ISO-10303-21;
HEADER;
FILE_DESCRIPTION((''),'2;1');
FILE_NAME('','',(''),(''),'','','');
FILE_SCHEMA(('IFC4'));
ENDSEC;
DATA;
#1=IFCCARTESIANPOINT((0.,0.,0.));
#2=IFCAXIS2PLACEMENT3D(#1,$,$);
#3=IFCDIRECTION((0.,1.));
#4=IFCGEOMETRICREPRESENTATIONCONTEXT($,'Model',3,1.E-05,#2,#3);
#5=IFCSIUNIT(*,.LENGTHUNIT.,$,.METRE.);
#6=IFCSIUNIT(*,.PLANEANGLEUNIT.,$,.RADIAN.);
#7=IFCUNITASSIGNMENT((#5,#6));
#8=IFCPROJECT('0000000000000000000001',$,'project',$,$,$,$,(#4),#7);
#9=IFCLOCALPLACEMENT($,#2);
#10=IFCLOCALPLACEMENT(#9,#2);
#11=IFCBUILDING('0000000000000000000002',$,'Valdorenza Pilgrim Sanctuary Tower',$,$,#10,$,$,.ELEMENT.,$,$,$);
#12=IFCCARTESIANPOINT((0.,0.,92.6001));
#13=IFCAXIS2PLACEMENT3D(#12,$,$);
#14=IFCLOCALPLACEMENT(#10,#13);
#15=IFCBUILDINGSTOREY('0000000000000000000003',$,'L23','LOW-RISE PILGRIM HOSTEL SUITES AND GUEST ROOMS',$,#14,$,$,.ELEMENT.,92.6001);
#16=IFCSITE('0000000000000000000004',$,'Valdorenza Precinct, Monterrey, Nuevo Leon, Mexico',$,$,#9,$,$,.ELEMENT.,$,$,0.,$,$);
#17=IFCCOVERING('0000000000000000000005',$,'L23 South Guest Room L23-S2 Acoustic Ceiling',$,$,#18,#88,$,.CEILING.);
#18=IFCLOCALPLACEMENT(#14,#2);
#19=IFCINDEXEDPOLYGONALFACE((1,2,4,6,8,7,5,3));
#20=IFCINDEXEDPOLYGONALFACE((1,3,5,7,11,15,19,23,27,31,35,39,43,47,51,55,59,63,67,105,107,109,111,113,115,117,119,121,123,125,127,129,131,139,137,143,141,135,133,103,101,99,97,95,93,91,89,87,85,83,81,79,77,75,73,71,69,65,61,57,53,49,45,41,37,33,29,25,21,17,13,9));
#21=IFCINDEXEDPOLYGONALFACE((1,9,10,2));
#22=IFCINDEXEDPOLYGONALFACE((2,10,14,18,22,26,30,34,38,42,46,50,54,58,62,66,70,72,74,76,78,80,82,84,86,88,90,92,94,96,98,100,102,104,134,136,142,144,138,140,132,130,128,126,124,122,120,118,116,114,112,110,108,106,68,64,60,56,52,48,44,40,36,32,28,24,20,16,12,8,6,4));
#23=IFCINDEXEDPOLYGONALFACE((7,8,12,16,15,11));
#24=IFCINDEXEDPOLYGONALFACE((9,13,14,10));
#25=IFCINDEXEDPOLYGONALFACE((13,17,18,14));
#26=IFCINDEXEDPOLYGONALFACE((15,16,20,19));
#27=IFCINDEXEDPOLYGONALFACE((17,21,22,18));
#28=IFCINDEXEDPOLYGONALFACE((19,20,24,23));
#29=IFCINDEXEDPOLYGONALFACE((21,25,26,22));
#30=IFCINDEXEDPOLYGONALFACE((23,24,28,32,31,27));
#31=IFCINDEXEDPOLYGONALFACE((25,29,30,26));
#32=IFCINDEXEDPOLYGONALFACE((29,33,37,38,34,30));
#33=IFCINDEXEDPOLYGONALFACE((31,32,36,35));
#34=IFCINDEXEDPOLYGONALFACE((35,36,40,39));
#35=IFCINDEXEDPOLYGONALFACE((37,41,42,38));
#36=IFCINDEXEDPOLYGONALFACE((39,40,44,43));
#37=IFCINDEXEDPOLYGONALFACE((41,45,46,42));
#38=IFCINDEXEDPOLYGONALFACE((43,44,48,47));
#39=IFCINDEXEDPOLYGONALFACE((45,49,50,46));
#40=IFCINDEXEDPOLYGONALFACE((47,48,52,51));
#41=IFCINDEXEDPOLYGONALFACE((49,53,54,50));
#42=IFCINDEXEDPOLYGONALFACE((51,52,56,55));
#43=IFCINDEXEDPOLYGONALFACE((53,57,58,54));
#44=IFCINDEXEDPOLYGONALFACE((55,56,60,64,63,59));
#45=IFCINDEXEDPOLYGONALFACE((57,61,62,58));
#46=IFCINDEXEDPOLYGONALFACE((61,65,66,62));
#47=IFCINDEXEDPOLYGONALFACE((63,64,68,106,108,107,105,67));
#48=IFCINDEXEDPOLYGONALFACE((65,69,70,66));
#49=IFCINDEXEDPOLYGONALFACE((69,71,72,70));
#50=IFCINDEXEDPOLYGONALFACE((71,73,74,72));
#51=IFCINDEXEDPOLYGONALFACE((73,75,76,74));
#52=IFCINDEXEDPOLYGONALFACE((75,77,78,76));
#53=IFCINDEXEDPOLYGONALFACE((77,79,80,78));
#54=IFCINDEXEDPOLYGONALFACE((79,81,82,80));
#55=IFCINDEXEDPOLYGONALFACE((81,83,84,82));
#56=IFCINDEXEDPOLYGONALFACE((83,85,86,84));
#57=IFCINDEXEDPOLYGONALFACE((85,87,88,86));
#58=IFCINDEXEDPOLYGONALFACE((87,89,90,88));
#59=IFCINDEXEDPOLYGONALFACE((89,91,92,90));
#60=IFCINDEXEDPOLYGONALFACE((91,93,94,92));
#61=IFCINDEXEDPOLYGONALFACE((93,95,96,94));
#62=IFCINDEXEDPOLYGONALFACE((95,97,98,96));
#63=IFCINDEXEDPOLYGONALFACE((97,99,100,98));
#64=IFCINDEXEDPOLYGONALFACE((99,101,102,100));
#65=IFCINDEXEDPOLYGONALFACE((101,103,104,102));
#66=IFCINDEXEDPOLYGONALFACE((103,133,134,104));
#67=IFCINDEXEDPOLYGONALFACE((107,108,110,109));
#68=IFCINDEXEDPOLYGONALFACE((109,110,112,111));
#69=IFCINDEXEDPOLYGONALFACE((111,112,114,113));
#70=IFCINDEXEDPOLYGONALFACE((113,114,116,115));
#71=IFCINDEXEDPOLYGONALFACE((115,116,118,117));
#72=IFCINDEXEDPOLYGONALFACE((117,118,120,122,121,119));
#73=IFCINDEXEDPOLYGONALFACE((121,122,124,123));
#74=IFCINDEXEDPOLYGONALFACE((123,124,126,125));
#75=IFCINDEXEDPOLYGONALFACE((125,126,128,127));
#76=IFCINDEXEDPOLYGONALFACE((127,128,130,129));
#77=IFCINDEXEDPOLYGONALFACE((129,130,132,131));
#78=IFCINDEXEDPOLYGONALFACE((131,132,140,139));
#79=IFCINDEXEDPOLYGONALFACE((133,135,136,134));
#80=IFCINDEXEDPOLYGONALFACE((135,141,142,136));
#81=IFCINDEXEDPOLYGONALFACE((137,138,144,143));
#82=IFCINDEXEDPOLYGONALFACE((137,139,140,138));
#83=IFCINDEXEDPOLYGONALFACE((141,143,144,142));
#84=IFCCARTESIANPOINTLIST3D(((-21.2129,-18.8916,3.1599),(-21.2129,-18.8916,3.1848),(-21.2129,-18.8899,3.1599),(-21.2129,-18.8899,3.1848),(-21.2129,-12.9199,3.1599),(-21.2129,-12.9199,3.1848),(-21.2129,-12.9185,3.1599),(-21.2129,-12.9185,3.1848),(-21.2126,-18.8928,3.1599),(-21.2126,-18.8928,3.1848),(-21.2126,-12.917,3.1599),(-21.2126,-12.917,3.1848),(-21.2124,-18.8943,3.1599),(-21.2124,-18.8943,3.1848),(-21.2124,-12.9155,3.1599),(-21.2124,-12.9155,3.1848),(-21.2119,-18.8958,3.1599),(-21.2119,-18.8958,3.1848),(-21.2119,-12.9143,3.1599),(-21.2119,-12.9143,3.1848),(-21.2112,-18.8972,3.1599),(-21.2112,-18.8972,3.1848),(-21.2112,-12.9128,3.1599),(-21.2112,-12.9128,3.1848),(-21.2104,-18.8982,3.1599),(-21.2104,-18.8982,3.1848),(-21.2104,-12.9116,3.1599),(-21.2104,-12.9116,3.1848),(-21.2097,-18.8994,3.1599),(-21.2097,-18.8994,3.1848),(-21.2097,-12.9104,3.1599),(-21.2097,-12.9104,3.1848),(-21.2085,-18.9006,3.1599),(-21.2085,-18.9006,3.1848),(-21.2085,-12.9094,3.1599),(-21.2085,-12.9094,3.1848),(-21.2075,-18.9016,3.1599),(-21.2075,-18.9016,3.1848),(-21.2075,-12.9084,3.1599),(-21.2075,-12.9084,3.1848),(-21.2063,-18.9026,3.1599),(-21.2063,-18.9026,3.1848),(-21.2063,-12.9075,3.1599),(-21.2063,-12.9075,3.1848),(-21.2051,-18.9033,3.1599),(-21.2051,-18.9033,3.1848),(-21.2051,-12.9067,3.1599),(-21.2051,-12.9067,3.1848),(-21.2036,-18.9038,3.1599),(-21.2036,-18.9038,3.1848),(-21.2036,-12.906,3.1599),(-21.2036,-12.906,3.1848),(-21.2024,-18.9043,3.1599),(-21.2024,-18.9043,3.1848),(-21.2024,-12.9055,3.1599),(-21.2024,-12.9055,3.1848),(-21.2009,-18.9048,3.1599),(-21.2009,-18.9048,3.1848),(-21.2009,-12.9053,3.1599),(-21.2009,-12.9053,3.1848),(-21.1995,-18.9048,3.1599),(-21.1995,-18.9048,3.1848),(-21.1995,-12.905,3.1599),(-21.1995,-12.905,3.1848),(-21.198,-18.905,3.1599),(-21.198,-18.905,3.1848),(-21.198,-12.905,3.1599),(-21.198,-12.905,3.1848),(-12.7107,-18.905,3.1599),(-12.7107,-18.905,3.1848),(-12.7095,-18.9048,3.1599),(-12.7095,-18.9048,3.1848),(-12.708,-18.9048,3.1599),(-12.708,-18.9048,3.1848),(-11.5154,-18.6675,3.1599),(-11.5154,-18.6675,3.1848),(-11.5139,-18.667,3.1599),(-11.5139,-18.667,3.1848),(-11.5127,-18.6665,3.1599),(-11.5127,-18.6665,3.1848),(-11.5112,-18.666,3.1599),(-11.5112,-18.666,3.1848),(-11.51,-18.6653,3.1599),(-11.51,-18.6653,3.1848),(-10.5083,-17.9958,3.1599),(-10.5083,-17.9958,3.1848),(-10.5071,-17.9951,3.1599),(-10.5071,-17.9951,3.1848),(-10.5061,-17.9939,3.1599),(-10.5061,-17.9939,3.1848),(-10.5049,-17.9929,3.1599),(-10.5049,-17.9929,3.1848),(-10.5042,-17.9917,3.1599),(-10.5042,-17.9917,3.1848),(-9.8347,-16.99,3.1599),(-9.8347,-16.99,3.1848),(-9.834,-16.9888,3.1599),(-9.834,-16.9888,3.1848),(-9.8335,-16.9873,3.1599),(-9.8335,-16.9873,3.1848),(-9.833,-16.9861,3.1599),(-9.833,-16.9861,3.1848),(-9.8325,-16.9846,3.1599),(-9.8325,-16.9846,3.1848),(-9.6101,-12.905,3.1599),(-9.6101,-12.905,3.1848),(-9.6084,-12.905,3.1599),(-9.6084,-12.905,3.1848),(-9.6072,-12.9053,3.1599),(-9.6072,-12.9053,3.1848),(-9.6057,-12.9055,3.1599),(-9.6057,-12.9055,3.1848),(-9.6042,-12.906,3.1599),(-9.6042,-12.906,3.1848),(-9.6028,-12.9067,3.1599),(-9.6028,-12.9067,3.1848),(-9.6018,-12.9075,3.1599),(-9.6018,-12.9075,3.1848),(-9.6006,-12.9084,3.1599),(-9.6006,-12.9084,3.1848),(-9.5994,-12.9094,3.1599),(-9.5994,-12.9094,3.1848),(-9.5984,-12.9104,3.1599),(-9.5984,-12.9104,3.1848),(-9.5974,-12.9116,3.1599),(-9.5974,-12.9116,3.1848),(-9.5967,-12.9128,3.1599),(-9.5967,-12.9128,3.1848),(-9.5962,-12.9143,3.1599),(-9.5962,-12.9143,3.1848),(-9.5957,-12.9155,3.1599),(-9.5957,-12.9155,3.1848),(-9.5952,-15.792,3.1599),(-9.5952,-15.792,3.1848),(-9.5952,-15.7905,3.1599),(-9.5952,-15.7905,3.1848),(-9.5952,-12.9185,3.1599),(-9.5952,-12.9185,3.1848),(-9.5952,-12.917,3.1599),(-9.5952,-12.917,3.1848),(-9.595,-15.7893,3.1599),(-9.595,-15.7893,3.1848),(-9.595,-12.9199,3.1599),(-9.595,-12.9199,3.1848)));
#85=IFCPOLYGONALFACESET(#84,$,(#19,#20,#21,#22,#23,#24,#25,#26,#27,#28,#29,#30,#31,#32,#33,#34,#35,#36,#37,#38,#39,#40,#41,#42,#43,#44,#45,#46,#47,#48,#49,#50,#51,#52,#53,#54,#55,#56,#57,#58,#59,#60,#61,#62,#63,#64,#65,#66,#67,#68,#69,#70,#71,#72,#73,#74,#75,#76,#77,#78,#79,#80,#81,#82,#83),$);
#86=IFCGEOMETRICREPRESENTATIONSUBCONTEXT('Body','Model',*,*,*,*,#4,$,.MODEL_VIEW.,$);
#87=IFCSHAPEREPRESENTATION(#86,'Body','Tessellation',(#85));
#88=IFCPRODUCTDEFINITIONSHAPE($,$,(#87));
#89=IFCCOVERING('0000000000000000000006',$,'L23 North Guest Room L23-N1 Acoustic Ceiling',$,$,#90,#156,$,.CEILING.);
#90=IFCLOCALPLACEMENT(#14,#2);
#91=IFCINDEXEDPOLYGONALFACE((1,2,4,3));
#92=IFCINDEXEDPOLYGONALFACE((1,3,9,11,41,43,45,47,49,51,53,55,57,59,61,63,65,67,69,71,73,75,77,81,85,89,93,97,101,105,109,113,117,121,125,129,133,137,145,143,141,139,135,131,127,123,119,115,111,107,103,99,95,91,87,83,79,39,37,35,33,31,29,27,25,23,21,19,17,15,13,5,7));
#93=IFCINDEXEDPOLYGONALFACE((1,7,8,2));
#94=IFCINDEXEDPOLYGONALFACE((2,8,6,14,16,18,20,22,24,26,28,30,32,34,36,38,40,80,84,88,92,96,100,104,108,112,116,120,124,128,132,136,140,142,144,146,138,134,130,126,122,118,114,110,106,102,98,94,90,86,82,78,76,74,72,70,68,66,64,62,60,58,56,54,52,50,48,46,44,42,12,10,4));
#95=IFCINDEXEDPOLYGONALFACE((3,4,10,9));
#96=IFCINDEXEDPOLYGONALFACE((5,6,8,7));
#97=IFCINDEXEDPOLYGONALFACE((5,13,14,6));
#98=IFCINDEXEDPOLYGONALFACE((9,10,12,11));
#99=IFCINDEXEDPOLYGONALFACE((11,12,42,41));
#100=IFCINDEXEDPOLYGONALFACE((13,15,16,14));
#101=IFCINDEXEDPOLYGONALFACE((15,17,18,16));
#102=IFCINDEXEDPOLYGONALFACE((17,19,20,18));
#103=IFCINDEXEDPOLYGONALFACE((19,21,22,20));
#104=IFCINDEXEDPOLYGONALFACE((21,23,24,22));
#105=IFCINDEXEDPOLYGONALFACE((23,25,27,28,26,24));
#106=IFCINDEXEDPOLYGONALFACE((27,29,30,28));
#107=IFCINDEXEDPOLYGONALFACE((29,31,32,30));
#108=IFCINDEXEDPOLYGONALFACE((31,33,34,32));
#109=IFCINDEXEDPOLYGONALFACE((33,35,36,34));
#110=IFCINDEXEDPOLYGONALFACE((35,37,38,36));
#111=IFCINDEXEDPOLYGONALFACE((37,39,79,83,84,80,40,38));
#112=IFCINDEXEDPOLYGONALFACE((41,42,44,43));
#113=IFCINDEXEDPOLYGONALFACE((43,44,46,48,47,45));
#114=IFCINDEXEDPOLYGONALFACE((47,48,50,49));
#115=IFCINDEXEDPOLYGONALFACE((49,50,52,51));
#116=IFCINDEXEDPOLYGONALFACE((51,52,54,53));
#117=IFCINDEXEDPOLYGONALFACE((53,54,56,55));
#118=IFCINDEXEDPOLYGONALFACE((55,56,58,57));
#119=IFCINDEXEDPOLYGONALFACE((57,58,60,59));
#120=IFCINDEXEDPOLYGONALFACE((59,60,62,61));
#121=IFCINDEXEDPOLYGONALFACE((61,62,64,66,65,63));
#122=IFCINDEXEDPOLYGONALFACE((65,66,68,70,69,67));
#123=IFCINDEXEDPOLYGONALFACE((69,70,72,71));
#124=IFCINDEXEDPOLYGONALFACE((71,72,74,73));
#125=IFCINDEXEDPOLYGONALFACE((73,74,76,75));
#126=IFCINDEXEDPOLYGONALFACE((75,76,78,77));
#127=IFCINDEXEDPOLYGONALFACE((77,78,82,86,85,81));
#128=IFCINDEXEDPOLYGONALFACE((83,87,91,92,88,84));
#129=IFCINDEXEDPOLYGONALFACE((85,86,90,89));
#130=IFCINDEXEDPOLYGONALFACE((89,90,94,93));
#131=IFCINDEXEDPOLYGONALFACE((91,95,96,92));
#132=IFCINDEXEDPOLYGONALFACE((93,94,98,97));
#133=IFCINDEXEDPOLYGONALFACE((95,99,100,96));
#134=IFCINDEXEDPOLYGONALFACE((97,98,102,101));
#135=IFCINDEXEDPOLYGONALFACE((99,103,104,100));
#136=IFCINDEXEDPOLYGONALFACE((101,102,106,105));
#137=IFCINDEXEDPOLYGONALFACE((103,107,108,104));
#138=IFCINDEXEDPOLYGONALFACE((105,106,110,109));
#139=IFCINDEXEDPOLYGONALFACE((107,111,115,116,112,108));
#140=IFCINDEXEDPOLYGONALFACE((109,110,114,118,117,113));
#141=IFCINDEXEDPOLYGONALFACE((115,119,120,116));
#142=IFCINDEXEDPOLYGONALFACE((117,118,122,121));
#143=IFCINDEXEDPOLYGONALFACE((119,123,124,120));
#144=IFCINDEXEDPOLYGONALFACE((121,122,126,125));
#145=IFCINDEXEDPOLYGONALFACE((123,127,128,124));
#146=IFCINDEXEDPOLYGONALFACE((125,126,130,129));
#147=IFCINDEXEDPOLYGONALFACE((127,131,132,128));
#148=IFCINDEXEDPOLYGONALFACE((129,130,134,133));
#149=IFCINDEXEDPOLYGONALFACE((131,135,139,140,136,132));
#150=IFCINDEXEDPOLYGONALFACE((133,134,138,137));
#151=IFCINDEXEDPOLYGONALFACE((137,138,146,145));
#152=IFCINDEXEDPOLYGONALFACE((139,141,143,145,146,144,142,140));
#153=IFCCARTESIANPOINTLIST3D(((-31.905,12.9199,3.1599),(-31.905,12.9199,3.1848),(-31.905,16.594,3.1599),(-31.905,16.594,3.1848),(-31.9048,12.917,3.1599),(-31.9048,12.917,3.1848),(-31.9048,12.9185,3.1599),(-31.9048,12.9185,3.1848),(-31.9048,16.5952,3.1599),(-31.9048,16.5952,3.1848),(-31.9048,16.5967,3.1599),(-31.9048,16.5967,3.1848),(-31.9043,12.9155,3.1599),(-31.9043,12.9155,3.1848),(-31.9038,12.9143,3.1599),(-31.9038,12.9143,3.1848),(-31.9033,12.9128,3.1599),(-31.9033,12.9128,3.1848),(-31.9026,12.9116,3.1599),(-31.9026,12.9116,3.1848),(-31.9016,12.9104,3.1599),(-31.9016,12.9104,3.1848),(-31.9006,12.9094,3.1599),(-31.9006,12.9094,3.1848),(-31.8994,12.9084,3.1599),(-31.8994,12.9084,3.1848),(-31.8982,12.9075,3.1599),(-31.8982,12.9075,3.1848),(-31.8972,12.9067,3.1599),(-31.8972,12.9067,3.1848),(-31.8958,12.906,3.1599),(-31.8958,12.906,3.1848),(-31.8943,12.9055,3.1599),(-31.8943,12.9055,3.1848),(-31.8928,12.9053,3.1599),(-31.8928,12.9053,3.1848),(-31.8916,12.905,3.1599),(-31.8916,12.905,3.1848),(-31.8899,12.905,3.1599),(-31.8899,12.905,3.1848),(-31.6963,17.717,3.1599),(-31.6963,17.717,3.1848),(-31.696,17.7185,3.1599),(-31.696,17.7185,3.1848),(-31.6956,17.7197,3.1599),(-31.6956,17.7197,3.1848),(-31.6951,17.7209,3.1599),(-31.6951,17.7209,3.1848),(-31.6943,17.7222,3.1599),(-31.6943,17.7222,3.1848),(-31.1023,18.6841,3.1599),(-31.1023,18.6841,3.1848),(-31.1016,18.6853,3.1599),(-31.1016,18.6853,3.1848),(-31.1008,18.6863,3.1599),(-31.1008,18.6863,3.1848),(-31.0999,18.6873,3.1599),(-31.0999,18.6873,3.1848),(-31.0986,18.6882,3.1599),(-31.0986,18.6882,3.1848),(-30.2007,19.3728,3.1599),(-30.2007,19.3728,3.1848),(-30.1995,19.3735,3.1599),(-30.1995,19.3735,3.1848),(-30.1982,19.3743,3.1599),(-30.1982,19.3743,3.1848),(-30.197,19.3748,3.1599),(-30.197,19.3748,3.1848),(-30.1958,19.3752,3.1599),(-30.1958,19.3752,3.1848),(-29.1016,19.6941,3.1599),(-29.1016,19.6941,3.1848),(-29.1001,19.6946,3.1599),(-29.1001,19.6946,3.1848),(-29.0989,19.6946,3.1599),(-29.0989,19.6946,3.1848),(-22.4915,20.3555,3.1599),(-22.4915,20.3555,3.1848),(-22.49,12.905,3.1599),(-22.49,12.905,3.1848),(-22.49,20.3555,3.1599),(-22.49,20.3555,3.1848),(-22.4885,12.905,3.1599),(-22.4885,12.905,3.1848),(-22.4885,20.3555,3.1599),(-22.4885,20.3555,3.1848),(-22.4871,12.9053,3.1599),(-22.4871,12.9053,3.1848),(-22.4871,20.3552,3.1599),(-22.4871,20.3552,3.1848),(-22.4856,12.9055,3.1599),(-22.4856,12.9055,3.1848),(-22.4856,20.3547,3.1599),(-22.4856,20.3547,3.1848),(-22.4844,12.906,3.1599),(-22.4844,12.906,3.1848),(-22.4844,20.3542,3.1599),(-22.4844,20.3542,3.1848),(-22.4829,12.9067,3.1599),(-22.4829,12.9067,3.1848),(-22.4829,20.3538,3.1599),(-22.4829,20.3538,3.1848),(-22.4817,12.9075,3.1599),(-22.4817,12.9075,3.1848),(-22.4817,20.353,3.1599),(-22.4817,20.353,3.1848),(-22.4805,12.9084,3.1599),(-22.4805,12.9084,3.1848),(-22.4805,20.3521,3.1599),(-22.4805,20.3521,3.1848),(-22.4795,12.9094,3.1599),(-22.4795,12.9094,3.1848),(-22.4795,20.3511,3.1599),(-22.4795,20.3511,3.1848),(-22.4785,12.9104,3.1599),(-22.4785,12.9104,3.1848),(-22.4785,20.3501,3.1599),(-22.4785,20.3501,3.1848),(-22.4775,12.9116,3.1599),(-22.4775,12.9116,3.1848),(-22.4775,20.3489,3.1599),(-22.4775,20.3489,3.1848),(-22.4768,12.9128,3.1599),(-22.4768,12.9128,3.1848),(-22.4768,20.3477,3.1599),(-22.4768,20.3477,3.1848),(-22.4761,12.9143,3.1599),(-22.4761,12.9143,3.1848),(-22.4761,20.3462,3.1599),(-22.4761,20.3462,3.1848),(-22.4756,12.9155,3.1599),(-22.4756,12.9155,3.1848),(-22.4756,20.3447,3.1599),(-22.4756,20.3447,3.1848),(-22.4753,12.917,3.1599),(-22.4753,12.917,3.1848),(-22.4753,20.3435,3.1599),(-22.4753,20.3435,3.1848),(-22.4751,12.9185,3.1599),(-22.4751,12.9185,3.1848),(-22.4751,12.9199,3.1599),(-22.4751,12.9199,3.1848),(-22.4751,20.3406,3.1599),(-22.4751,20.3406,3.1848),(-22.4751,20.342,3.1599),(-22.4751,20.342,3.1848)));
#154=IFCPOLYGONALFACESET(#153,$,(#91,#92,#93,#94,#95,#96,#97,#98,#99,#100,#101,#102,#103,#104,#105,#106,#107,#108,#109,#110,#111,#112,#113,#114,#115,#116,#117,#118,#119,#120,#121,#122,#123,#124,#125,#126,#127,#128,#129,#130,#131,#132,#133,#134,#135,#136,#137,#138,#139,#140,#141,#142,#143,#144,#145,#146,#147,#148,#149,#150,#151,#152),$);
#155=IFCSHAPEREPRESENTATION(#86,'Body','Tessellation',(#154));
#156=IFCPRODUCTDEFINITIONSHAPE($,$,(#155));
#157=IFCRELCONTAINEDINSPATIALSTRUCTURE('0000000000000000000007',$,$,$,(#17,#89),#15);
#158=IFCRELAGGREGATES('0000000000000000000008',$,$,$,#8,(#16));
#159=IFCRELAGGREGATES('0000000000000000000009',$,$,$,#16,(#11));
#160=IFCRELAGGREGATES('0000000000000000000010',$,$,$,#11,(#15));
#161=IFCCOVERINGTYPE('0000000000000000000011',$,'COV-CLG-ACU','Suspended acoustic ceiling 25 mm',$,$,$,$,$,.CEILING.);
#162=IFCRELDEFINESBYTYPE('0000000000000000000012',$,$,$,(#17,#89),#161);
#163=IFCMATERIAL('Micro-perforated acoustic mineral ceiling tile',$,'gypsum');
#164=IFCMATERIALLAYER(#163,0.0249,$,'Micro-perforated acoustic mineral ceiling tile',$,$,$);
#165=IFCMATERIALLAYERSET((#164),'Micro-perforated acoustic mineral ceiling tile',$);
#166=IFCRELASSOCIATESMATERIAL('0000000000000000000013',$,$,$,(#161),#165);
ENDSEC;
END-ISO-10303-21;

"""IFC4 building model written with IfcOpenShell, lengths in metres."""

from ifc_helpers import new_model, si_unit, direction, frame, origin, place, context, subcontext, project, spatial, polyline, outline, extrude, material, layer, layer_set, type_object, element, save


model = new_model("IFC4")

# Units and contexts
model_context = context("Model", 3, precision=1e-05, world=origin(), true_north=direction((0.0, 1.0)))
body_context = subcontext(model_context, "Body", "Model", "MODEL_VIEW")
ifc_project = project(units=[si_unit("LENGTHUNIT", "METRE"), si_unit("PLANEANGLEUNIT", "RADIAN")], contexts=[model_context])

# Site, building, storey
site_placement = place(None, origin())
site = spatial("IfcSite", under=ifc_project, at=site_placement, Name="Valdorenza Precinct, Monterrey, Nuevo Leon, Mexico", CompositionType="ELEMENT", RefElevation=0.0)
building_placement = place(site_placement, origin())
building = spatial("IfcBuilding", under=site, at=building_placement, Name="Valdorenza Pilgrim Sanctuary Tower", CompositionType="ELEMENT")
storey_placement = place(building_placement, frame((0.0, 0.0, 92.6001)))
storey = spatial("IfcBuildingStorey", under=building, at=storey_placement, Name="L23", Description="LOW-RISE PILGRIM HOSTEL SUITES AND GUEST ROOMS", CompositionType="ELEMENT", Elevation=92.6001)

# Coverings
ifc_material_1 = material(Name="Micro-perforated acoustic mineral ceiling tile", Category="gypsum")
ifc_layer_1 = layer(ifc_material_1, 0.0249, Name="Micro-perforated acoustic mineral ceiling tile")
ifc_layer_set_1 = layer_set([ifc_layer_1], Name="Micro-perforated acoustic mineral ceiling tile")
covering_type_1 = type_object("IfcCoveringType", Name="COV-CLG-ACU", Description="Suspended acoustic ceiling 25 mm", PredefinedType="CEILING", material=ifc_layer_set_1)
covering_1_placement = place(storey_placement, frame((0.0, 0.0, 3.1599)))
element("IfcCovering", 1, at=covering_1_placement, inside=storey, type_object=covering_type_1, Name="L23 South Guest Room L23-S2 Acoustic Ceiling", PredefinedType="CEILING", context=body_context, shape_type="SweptSolid", body=[
    extrude(outline(polyline([(-9.6101, -12.905), (-9.6084, -12.905), (-9.6072, -12.9053), (-9.6057, -12.9055), (-9.6042, -12.906), (-9.6028, -12.9067), (-9.6018, -12.9075), (-9.6006, -12.9084), (-9.5994, -12.9094), (-9.5984, -12.9104), (-9.5974, -12.9116), (-9.5967, -12.9128), (-9.5962, -12.9143), (-9.5957, -12.9155), (-9.5952, -12.917), (-9.5952, -12.9185), (-9.595, -12.9199), (-9.595, -15.7893), (-9.5952, -15.7905), (-9.5952, -15.792), (-9.8325, -16.9846), (-9.833, -16.9861), (-9.8335, -16.9873), (-9.834, -16.9888), (-9.8347, -16.99), (-10.5042, -17.9917), (-10.5049, -17.9929), (-10.5061, -17.9939), (-10.5071, -17.9951), (-10.5083, -17.9958), (-11.51, -18.6653), (-11.5112, -18.666), (-11.5127, -18.6665), (-11.5139, -18.667), (-11.5154, -18.6675), (-12.708, -18.9048), (-12.7095, -18.9048), (-12.7107, -18.905), (-21.198, -18.905), (-21.1995, -18.9048), (-21.2009, -18.9048), (-21.2024, -18.9043), (-21.2036, -18.9038), (-21.2051, -18.9033), (-21.2063, -18.9026), (-21.2075, -18.9016), (-21.2085, -18.9006), (-21.2097, -18.8994), (-21.2104, -18.8982), (-21.2112, -18.8972), (-21.2119, -18.8958), (-21.2124, -18.8943), (-21.2126, -18.8928), (-21.2129, -18.8916), (-21.2129, -18.8899), (-21.2129, -12.9199), (-21.2129, -12.9185), (-21.2126, -12.917), (-21.2124, -12.9155), (-21.2119, -12.9143), (-21.2112, -12.9128), (-21.2104, -12.9116), (-21.2097, -12.9104), (-21.2085, -12.9094), (-21.2075, -12.9084), (-21.2063, -12.9075), (-21.2051, -12.9067), (-21.2036, -12.906), (-21.2024, -12.9055), (-21.2009, -12.9053), (-21.1995, -12.905), (-21.198, -12.905), (-9.6101, -12.905)])), origin(), (0.0, 0.0, 1.0), 0.0249),
])
covering_2_placement = place(storey_placement, frame((0.0, 0.0, 3.1599)))
element("IfcCovering", 2, at=covering_2_placement, inside=storey, type_object=covering_type_1, Name="L23 North Guest Room L23-N1 Acoustic Ceiling", PredefinedType="CEILING", context=body_context, shape_type="SweptSolid", body=[
    extrude(outline(polyline([(-31.6963, 17.717), (-31.696, 17.7185), (-31.6956, 17.7197), (-31.6951, 17.7209), (-31.6943, 17.7222), (-31.1023, 18.6841), (-31.1016, 18.6853), (-31.1008, 18.6863), (-31.0999, 18.6873), (-31.0986, 18.6882), (-30.2007, 19.3728), (-30.1995, 19.3735), (-30.1982, 19.3743), (-30.197, 19.3748), (-30.1958, 19.3752), (-29.1016, 19.6941), (-29.1001, 19.6946), (-29.0989, 19.6946), (-22.4915, 20.3555), (-22.49, 20.3555), (-22.4885, 20.3555), (-22.4871, 20.3552), (-22.4856, 20.3547), (-22.4844, 20.3542), (-22.4829, 20.3538), (-22.4817, 20.353), (-22.4805, 20.3521), (-22.4795, 20.3511), (-22.4785, 20.3501), (-22.4775, 20.3489), (-22.4768, 20.3477), (-22.4761, 20.3462), (-22.4756, 20.3447), (-22.4753, 20.3435), (-22.4751, 20.342), (-22.4751, 20.3406), (-22.4751, 12.9199), (-22.4751, 12.9185), (-22.4753, 12.917), (-22.4756, 12.9155), (-22.4761, 12.9143), (-22.4768, 12.9128), (-22.4775, 12.9116), (-22.4785, 12.9104), (-22.4795, 12.9094), (-22.4805, 12.9084), (-22.4817, 12.9075), (-22.4829, 12.9067), (-22.4844, 12.906), (-22.4856, 12.9055), (-22.4871, 12.9053), (-22.4885, 12.905), (-22.49, 12.905), (-31.8899, 12.905), (-31.8916, 12.905), (-31.8928, 12.9053), (-31.8943, 12.9055), (-31.8958, 12.906), (-31.8972, 12.9067), (-31.8982, 12.9075), (-31.8994, 12.9084), (-31.9006, 12.9094), (-31.9016, 12.9104), (-31.9026, 12.9116), (-31.9033, 12.9128), (-31.9038, 12.9143), (-31.9043, 12.9155), (-31.9048, 12.917), (-31.9048, 12.9185), (-31.905, 12.9199), (-31.905, 16.594), (-31.9048, 16.5952), (-31.9048, 16.5967), (-31.6963, 17.717)])), origin(), (0.0, 0.0, 1.0), 0.0249),
])

save(model, "model.ifc")
